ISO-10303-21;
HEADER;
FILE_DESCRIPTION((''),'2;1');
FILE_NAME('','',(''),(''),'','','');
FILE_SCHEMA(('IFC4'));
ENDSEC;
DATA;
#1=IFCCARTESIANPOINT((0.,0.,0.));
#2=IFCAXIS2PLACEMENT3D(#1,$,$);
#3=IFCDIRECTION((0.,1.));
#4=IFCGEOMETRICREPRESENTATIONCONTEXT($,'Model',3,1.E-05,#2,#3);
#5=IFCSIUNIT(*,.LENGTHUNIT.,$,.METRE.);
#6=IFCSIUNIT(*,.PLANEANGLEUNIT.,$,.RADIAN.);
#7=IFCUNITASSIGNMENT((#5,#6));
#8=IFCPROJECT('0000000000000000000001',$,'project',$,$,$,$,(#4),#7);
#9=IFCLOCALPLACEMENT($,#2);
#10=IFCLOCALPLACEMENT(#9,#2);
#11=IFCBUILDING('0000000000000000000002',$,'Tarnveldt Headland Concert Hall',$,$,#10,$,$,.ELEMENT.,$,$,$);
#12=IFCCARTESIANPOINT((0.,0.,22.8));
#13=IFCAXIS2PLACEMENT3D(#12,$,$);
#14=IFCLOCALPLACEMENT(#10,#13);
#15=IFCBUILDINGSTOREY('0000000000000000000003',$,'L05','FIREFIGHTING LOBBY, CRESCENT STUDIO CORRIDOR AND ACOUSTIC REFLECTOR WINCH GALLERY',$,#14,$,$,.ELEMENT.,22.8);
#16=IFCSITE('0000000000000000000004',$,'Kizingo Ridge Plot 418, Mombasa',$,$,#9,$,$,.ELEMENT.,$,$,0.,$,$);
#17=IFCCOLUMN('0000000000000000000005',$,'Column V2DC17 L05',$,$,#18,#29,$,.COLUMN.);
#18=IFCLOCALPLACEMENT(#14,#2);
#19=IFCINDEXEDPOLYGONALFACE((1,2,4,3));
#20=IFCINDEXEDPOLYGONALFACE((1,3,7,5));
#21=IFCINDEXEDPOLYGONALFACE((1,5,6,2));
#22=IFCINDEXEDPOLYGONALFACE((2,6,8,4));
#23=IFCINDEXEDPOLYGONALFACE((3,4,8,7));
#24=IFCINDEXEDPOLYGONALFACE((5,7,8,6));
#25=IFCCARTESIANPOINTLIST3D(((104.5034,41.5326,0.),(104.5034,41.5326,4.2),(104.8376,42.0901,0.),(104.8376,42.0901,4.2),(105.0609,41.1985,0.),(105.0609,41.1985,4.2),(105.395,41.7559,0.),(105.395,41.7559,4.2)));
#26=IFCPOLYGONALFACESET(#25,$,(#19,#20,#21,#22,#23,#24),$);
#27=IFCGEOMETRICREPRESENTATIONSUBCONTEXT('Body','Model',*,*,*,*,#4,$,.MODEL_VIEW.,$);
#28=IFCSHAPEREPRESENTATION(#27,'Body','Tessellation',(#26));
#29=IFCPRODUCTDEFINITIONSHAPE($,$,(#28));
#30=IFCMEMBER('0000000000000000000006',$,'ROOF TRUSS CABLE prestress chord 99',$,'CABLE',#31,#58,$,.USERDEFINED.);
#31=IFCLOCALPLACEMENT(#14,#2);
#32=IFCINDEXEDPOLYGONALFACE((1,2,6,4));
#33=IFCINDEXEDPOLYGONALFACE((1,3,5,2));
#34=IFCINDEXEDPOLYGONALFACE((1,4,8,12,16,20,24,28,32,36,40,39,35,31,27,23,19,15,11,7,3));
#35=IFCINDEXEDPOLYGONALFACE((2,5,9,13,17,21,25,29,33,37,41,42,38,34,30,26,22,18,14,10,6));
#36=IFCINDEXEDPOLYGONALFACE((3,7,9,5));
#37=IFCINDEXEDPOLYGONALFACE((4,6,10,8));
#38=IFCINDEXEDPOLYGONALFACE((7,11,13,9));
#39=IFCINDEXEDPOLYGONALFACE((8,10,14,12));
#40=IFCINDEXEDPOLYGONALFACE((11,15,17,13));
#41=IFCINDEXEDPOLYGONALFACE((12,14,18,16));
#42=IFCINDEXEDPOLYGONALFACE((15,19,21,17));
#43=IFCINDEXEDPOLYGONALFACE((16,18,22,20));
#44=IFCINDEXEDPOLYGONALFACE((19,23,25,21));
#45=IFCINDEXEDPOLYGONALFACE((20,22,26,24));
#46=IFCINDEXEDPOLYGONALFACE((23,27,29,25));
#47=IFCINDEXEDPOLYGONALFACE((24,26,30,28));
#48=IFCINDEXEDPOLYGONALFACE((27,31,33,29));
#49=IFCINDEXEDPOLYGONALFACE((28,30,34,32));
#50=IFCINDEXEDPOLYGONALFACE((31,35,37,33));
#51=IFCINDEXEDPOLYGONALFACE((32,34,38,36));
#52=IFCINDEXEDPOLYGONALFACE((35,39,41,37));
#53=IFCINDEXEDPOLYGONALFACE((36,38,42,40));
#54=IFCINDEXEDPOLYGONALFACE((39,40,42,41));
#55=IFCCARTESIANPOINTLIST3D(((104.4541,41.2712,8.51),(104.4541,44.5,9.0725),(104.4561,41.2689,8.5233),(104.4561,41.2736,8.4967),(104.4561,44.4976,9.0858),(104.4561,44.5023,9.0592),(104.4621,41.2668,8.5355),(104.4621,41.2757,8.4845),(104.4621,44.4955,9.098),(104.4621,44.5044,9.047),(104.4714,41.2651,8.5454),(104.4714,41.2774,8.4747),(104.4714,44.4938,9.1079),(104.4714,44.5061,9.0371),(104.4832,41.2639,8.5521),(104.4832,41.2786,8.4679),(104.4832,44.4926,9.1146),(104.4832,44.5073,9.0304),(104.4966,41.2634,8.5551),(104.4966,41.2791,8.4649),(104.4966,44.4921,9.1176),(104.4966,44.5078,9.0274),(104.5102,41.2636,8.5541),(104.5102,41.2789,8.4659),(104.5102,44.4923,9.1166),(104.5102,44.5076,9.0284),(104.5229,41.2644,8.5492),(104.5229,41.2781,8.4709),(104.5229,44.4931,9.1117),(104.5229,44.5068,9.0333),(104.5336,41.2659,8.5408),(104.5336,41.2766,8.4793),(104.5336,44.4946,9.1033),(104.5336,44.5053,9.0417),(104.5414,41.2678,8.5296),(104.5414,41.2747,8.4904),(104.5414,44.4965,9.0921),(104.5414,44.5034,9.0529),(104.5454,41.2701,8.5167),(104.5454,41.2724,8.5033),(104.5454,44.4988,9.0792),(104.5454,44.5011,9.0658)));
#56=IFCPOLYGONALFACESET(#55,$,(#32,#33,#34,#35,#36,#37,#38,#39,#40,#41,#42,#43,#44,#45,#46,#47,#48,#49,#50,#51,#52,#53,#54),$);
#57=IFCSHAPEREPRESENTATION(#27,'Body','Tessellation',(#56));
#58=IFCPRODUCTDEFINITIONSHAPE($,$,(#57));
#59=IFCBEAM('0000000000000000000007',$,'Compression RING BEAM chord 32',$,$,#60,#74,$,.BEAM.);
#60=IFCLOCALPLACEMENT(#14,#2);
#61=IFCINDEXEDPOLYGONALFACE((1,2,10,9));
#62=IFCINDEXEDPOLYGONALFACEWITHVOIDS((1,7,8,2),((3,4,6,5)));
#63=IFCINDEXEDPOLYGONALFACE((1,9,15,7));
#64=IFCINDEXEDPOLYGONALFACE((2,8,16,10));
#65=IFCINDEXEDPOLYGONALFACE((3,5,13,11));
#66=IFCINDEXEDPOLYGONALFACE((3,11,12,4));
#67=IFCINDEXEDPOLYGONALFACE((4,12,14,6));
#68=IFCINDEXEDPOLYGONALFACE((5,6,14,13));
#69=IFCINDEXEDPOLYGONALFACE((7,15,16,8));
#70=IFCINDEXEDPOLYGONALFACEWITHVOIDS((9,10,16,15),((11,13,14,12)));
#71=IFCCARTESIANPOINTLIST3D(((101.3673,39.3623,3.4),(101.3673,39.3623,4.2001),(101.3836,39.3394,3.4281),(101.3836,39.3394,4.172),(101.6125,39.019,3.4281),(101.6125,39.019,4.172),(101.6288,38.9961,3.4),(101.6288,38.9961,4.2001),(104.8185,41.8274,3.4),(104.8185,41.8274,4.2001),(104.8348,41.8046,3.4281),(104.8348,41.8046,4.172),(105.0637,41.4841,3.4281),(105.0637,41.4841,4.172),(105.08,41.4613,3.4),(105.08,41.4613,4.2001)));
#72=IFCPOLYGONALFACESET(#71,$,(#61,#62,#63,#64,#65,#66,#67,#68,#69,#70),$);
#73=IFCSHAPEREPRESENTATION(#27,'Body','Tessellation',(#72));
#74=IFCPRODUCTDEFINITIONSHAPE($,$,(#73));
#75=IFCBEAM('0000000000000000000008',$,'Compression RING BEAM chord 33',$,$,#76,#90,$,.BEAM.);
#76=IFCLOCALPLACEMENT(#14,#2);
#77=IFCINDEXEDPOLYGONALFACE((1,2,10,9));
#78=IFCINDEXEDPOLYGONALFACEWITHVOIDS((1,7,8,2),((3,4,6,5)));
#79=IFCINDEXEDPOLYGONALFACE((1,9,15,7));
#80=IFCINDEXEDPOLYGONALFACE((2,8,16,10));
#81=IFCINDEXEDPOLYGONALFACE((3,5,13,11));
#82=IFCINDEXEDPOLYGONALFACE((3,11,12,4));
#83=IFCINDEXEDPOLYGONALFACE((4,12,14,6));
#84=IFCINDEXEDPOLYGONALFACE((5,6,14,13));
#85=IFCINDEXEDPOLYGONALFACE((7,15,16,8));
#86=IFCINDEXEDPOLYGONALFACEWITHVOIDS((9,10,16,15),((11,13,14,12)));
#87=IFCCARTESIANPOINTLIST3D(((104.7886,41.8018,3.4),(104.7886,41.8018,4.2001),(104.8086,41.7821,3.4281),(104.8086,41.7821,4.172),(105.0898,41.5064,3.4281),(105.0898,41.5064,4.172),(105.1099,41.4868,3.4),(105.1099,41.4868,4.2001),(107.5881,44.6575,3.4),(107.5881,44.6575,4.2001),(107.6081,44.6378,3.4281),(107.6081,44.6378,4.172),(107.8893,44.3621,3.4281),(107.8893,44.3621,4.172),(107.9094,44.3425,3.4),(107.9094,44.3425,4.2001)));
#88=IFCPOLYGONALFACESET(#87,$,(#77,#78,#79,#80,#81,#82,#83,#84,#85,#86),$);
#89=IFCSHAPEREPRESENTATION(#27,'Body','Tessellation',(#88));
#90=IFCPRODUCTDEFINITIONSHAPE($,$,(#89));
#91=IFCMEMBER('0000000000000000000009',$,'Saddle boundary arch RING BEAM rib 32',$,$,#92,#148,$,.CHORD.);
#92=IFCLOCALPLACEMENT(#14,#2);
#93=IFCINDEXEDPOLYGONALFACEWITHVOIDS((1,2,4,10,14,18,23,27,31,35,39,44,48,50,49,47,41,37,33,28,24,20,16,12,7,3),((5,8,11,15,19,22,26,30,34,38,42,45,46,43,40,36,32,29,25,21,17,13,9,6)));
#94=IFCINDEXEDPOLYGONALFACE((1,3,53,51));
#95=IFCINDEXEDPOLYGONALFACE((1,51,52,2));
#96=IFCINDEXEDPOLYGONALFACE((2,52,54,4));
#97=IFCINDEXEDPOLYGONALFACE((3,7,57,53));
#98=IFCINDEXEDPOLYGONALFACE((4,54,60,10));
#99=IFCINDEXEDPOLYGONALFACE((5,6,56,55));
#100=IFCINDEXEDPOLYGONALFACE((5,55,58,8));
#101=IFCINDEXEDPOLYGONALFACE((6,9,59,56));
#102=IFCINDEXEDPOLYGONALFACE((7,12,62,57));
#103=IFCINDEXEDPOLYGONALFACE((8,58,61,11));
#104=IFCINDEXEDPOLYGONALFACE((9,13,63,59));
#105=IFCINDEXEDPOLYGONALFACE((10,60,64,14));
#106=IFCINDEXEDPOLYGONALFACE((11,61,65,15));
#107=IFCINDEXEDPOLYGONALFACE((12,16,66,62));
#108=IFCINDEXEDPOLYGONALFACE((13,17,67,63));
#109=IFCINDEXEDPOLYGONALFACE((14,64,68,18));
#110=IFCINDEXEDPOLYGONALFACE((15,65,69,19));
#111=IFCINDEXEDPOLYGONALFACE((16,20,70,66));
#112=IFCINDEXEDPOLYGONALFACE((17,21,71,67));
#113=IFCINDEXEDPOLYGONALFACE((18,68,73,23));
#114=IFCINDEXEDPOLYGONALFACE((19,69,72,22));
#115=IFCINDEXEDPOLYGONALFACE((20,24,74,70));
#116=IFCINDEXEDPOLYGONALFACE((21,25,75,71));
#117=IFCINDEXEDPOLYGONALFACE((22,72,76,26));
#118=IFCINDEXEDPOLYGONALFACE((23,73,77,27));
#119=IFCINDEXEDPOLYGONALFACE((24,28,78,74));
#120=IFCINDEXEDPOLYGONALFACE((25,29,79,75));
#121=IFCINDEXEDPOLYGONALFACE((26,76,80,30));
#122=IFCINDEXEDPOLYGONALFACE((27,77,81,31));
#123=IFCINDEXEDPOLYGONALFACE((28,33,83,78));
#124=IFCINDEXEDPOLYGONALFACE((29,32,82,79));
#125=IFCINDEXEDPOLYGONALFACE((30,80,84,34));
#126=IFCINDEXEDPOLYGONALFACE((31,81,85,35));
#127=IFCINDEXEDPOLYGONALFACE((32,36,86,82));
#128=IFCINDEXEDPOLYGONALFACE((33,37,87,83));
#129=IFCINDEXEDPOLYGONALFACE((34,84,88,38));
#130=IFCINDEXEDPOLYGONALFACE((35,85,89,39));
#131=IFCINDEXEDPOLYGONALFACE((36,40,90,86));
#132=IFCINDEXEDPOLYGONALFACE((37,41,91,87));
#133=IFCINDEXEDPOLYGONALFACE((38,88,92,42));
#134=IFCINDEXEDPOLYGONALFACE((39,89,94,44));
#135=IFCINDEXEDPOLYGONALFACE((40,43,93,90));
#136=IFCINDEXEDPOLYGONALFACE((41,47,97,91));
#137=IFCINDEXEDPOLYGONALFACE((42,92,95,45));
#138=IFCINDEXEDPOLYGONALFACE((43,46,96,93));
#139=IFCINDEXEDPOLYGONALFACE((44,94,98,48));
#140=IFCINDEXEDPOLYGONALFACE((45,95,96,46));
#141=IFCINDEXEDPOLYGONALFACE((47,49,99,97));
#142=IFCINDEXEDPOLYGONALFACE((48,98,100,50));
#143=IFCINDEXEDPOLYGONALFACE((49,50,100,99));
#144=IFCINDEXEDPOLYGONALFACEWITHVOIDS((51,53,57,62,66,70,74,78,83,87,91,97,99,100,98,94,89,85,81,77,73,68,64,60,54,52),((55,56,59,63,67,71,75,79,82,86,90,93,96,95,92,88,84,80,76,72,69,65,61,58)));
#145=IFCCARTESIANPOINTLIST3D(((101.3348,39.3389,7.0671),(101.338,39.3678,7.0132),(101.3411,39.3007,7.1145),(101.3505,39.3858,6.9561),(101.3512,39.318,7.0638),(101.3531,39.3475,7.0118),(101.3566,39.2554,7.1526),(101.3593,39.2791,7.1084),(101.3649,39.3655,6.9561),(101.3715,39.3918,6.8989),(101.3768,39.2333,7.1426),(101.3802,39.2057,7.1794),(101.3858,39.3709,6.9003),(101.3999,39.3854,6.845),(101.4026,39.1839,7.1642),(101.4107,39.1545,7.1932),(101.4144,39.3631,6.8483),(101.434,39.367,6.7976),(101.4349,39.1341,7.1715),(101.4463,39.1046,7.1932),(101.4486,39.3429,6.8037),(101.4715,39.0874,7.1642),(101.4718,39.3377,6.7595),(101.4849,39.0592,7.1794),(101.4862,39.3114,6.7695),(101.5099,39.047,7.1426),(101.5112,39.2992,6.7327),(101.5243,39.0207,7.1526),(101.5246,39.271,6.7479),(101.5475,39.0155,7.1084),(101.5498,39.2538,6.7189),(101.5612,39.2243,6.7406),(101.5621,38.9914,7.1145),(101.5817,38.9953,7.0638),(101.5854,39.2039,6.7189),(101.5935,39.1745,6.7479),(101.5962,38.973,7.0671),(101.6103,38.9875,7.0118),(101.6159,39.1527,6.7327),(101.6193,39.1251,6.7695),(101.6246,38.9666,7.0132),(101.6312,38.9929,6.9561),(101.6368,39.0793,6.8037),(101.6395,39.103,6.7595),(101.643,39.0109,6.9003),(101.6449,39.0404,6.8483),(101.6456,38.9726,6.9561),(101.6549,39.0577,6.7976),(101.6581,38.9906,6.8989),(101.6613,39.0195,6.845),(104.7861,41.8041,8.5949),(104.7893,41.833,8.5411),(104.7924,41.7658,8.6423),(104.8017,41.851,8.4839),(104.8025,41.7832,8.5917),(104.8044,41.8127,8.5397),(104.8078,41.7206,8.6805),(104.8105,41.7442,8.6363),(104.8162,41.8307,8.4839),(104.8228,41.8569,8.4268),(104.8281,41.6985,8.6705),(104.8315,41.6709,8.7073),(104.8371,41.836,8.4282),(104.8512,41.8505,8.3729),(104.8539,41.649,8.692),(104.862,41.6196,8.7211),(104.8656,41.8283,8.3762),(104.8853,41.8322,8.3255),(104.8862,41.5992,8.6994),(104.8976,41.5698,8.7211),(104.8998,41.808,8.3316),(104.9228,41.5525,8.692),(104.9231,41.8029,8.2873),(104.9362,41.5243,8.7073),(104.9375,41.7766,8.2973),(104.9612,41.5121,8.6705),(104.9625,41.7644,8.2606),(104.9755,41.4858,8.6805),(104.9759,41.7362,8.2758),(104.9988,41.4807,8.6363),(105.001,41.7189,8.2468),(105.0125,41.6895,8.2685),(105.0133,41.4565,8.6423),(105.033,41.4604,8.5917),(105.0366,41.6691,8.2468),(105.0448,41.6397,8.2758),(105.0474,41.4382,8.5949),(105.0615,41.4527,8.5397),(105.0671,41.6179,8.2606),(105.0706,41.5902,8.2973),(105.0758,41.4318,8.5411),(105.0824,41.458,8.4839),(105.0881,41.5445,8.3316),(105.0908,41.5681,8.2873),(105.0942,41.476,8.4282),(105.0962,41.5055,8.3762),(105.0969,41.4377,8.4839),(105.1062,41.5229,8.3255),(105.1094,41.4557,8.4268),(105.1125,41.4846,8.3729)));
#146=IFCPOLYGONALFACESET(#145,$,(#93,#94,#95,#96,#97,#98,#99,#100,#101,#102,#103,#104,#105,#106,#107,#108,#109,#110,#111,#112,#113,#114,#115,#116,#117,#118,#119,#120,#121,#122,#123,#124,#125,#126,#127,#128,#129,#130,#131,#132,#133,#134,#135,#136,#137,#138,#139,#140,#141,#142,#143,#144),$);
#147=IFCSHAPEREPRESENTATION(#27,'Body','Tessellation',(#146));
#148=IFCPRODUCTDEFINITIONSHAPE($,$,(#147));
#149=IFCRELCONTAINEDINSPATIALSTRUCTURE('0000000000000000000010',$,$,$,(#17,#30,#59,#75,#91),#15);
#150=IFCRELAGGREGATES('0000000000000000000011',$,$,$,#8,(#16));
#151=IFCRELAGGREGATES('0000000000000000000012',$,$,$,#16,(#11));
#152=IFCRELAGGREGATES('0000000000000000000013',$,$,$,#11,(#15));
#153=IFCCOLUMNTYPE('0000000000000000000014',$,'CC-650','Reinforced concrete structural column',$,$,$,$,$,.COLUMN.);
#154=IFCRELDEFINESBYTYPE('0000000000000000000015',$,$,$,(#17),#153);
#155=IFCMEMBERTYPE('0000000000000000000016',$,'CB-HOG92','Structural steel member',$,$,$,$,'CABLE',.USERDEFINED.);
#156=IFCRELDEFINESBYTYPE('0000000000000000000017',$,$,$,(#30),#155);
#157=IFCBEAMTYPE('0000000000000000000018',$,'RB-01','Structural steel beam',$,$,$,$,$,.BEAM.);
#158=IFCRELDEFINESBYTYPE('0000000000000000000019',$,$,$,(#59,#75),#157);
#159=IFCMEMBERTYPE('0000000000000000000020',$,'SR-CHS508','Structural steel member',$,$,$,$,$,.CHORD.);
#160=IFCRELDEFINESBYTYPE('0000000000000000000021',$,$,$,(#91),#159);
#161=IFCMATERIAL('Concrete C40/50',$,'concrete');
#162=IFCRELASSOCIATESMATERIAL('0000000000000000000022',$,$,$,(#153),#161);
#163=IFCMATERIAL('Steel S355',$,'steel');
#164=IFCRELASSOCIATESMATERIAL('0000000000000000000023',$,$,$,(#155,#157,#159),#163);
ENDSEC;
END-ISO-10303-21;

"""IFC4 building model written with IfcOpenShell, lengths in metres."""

from ifc_helpers import new_model, si_unit, direction, frame, origin, origin_2d, place, context, subcontext, project, spatial, rectangle, hollow_rectangle, circle, hollow_circle, extrude, material, material_profile, profile_set, type_object, element, save


model = new_model("IFC4")

# Units and contexts
model_context = context("Model", 3, precision=1e-05, world=origin(), true_north=direction((0.0, 1.0)))
body_context = subcontext(model_context, "Body", "Model", "MODEL_VIEW")
ifc_project = project(units=[si_unit("LENGTHUNIT", "METRE"), si_unit("PLANEANGLEUNIT", "RADIAN")], contexts=[model_context])

# Site, building, storey
site_placement = place(None, origin())
site = spatial("IfcSite", under=ifc_project, at=site_placement, Name="Kizingo Ridge Plot 418, Mombasa", CompositionType="ELEMENT", RefElevation=0.0)
building_placement = place(site_placement, origin())
building = spatial("IfcBuilding", under=site, at=building_placement, Name="Tarnveldt Headland Concert Hall", CompositionType="ELEMENT")
storey_placement = place(building_placement, frame((0.0, 0.0, 22.8)))
storey = spatial("IfcBuildingStorey", under=building, at=storey_placement, Name="L05", Description="FIREFIGHTING LOBBY, CRESCENT STUDIO CORRIDOR AND ACOUSTIC REFLECTOR WINCH GALLERY", CompositionType="ELEMENT", Elevation=22.8)

# Column
ifc_material_1 = material(Name="Concrete C40/50", Category="concrete")
ifc_material_profile_1 = material_profile(ifc_material_1, rectangle(XDim=0.6499, YDim=0.6499, at=origin_2d()), Name="RC 650x650", Category="concrete")
ifc_profile_set_1 = profile_set([ifc_material_profile_1], Name="Concrete C40/50")
column_type = type_object("IfcColumnType", Name="CC-650", Description="Reinforced concrete structural column", PredefinedType="COLUMN", material=ifc_profile_set_1)
column_placement = place(storey_placement, frame((104.9492, 41.6443, 0.0), z_axis=(0.0, 0.0, 1.0), x_axis=(0.857706, -0.51414, 0.0)))
element("IfcColumn", 1, at=column_placement, inside=storey, type_object=column_type, Name="Column V2DC17 L05", PredefinedType="COLUMN", context=body_context, shape_type="SweptSolid", body=[
    extrude(rectangle(XDim=0.6499, YDim=0.6499, at=origin_2d()), origin(), (0.0, 0.0, 1.0), 4.2),
])

# Member
ifc_material_2 = material(Name="Steel S355", Category="steel")
ifc_material_profile_2 = material_profile(ifc_material_2, circle(Radius=0.0459, at=origin_2d()), Name="LC D92", Category="steel")
ifc_profile_set_2 = profile_set([ifc_material_profile_2], Name="Steel S355")
member_type_1 = type_object("IfcMemberType", Name="CB-HOG92", Description="Structural steel member", ElementType="CABLE", PredefinedType="USERDEFINED", material=ifc_profile_set_2)
member_1_placement = place(storey_placement, frame((104.5, 41.2712, 8.51), z_axis=(0.0, 0.985161, 0.17163), x_axis=(-1.0, 0.0, 0.0)))
element("IfcMember", 2, at=member_1_placement, inside=storey, type_object=member_type_1, Name="ROOF TRUSS CABLE prestress chord 99", ObjectType="CABLE", PredefinedType="USERDEFINED", context=body_context, shape_type="SweptSolid", body=[
    extrude(circle(Radius=0.0459, at=origin_2d()), origin(), (0.0, 0.0, 1.0), 3.2773),
])

# Beams
ifc_material_profile_3 = material_profile(ifc_material_2, hollow_rectangle(XDim=0.45, YDim=0.8, WallThickness=0.0281, at=origin_2d()), Name="RHS 800x450x28", Category="steel")
ifc_profile_set_3 = profile_set([ifc_material_profile_3], Name="Steel S355")
beam_type = type_object("IfcBeamType", Name="RB-01", Description="Structural steel beam", PredefinedType="BEAM", material=ifc_profile_set_3)
beam_1_placement = place(storey_placement, frame((101.498, 39.1792, 3.8), z_axis=(0.813737, 0.581233, 0.0), x_axis=(-0.581233, 0.813737, 0.0)))
element("IfcBeam", 3, at=beam_1_placement, inside=storey, type_object=beam_type, Name="Compression RING BEAM chord 32", PredefinedType="BEAM", context=body_context, shape_type="SweptSolid", body=[
    extrude(hollow_rectangle(XDim=0.45, YDim=0.8, WallThickness=0.0281, at=origin_2d()), origin(), (0.0, 0.0, 1.0), 4.2412),
])
beam_2_placement = place(storey_placement, frame((104.9492, 41.6443, 3.8), z_axis=(0.700051, 0.714093, 0.0), x_axis=(-0.714093, 0.700051, 0.0)))
element("IfcBeam", 4, at=beam_2_placement, inside=storey, type_object=beam_type, Name="Compression RING BEAM chord 33", PredefinedType="BEAM", context=body_context, shape_type="SweptSolid", body=[
    extrude(hollow_rectangle(XDim=0.45, YDim=0.8, WallThickness=0.0281, at=origin_2d()), origin(), (0.0, 0.0, 1.0), 3.999),
])

# Member
ifc_material_profile_4 = material_profile(ifc_material_2, hollow_circle(Radius=0.2539, WallThickness=0.0249, at=origin_2d()), Name="CHS 508x25", Category="steel")
ifc_profile_set_4 = profile_set([ifc_material_profile_4], Name="Steel S355")
member_type_2 = type_object("IfcMemberType", Name="SR-CHS508", Description="Structural steel member", PredefinedType="CHORD", material=ifc_profile_set_4)
member_2_placement = place(storey_placement, frame((101.498, 39.1792, 6.9561), z_axis=(0.765576, 0.546833, 0.33892), x_axis=(-0.581233, 0.813737, 0.0)))
element("IfcMember", 5, at=member_2_placement, inside=storey, type_object=member_type_2, Name="Saddle boundary arch RING BEAM rib 32", PredefinedType="CHORD", context=body_context, shape_type="SweptSolid", body=[
    extrude(hollow_circle(Radius=0.2539, WallThickness=0.0249, at=origin_2d()), origin(), (0.0, 0.0, 1.0), 4.5081),
])

save(model, "model.ifc")
